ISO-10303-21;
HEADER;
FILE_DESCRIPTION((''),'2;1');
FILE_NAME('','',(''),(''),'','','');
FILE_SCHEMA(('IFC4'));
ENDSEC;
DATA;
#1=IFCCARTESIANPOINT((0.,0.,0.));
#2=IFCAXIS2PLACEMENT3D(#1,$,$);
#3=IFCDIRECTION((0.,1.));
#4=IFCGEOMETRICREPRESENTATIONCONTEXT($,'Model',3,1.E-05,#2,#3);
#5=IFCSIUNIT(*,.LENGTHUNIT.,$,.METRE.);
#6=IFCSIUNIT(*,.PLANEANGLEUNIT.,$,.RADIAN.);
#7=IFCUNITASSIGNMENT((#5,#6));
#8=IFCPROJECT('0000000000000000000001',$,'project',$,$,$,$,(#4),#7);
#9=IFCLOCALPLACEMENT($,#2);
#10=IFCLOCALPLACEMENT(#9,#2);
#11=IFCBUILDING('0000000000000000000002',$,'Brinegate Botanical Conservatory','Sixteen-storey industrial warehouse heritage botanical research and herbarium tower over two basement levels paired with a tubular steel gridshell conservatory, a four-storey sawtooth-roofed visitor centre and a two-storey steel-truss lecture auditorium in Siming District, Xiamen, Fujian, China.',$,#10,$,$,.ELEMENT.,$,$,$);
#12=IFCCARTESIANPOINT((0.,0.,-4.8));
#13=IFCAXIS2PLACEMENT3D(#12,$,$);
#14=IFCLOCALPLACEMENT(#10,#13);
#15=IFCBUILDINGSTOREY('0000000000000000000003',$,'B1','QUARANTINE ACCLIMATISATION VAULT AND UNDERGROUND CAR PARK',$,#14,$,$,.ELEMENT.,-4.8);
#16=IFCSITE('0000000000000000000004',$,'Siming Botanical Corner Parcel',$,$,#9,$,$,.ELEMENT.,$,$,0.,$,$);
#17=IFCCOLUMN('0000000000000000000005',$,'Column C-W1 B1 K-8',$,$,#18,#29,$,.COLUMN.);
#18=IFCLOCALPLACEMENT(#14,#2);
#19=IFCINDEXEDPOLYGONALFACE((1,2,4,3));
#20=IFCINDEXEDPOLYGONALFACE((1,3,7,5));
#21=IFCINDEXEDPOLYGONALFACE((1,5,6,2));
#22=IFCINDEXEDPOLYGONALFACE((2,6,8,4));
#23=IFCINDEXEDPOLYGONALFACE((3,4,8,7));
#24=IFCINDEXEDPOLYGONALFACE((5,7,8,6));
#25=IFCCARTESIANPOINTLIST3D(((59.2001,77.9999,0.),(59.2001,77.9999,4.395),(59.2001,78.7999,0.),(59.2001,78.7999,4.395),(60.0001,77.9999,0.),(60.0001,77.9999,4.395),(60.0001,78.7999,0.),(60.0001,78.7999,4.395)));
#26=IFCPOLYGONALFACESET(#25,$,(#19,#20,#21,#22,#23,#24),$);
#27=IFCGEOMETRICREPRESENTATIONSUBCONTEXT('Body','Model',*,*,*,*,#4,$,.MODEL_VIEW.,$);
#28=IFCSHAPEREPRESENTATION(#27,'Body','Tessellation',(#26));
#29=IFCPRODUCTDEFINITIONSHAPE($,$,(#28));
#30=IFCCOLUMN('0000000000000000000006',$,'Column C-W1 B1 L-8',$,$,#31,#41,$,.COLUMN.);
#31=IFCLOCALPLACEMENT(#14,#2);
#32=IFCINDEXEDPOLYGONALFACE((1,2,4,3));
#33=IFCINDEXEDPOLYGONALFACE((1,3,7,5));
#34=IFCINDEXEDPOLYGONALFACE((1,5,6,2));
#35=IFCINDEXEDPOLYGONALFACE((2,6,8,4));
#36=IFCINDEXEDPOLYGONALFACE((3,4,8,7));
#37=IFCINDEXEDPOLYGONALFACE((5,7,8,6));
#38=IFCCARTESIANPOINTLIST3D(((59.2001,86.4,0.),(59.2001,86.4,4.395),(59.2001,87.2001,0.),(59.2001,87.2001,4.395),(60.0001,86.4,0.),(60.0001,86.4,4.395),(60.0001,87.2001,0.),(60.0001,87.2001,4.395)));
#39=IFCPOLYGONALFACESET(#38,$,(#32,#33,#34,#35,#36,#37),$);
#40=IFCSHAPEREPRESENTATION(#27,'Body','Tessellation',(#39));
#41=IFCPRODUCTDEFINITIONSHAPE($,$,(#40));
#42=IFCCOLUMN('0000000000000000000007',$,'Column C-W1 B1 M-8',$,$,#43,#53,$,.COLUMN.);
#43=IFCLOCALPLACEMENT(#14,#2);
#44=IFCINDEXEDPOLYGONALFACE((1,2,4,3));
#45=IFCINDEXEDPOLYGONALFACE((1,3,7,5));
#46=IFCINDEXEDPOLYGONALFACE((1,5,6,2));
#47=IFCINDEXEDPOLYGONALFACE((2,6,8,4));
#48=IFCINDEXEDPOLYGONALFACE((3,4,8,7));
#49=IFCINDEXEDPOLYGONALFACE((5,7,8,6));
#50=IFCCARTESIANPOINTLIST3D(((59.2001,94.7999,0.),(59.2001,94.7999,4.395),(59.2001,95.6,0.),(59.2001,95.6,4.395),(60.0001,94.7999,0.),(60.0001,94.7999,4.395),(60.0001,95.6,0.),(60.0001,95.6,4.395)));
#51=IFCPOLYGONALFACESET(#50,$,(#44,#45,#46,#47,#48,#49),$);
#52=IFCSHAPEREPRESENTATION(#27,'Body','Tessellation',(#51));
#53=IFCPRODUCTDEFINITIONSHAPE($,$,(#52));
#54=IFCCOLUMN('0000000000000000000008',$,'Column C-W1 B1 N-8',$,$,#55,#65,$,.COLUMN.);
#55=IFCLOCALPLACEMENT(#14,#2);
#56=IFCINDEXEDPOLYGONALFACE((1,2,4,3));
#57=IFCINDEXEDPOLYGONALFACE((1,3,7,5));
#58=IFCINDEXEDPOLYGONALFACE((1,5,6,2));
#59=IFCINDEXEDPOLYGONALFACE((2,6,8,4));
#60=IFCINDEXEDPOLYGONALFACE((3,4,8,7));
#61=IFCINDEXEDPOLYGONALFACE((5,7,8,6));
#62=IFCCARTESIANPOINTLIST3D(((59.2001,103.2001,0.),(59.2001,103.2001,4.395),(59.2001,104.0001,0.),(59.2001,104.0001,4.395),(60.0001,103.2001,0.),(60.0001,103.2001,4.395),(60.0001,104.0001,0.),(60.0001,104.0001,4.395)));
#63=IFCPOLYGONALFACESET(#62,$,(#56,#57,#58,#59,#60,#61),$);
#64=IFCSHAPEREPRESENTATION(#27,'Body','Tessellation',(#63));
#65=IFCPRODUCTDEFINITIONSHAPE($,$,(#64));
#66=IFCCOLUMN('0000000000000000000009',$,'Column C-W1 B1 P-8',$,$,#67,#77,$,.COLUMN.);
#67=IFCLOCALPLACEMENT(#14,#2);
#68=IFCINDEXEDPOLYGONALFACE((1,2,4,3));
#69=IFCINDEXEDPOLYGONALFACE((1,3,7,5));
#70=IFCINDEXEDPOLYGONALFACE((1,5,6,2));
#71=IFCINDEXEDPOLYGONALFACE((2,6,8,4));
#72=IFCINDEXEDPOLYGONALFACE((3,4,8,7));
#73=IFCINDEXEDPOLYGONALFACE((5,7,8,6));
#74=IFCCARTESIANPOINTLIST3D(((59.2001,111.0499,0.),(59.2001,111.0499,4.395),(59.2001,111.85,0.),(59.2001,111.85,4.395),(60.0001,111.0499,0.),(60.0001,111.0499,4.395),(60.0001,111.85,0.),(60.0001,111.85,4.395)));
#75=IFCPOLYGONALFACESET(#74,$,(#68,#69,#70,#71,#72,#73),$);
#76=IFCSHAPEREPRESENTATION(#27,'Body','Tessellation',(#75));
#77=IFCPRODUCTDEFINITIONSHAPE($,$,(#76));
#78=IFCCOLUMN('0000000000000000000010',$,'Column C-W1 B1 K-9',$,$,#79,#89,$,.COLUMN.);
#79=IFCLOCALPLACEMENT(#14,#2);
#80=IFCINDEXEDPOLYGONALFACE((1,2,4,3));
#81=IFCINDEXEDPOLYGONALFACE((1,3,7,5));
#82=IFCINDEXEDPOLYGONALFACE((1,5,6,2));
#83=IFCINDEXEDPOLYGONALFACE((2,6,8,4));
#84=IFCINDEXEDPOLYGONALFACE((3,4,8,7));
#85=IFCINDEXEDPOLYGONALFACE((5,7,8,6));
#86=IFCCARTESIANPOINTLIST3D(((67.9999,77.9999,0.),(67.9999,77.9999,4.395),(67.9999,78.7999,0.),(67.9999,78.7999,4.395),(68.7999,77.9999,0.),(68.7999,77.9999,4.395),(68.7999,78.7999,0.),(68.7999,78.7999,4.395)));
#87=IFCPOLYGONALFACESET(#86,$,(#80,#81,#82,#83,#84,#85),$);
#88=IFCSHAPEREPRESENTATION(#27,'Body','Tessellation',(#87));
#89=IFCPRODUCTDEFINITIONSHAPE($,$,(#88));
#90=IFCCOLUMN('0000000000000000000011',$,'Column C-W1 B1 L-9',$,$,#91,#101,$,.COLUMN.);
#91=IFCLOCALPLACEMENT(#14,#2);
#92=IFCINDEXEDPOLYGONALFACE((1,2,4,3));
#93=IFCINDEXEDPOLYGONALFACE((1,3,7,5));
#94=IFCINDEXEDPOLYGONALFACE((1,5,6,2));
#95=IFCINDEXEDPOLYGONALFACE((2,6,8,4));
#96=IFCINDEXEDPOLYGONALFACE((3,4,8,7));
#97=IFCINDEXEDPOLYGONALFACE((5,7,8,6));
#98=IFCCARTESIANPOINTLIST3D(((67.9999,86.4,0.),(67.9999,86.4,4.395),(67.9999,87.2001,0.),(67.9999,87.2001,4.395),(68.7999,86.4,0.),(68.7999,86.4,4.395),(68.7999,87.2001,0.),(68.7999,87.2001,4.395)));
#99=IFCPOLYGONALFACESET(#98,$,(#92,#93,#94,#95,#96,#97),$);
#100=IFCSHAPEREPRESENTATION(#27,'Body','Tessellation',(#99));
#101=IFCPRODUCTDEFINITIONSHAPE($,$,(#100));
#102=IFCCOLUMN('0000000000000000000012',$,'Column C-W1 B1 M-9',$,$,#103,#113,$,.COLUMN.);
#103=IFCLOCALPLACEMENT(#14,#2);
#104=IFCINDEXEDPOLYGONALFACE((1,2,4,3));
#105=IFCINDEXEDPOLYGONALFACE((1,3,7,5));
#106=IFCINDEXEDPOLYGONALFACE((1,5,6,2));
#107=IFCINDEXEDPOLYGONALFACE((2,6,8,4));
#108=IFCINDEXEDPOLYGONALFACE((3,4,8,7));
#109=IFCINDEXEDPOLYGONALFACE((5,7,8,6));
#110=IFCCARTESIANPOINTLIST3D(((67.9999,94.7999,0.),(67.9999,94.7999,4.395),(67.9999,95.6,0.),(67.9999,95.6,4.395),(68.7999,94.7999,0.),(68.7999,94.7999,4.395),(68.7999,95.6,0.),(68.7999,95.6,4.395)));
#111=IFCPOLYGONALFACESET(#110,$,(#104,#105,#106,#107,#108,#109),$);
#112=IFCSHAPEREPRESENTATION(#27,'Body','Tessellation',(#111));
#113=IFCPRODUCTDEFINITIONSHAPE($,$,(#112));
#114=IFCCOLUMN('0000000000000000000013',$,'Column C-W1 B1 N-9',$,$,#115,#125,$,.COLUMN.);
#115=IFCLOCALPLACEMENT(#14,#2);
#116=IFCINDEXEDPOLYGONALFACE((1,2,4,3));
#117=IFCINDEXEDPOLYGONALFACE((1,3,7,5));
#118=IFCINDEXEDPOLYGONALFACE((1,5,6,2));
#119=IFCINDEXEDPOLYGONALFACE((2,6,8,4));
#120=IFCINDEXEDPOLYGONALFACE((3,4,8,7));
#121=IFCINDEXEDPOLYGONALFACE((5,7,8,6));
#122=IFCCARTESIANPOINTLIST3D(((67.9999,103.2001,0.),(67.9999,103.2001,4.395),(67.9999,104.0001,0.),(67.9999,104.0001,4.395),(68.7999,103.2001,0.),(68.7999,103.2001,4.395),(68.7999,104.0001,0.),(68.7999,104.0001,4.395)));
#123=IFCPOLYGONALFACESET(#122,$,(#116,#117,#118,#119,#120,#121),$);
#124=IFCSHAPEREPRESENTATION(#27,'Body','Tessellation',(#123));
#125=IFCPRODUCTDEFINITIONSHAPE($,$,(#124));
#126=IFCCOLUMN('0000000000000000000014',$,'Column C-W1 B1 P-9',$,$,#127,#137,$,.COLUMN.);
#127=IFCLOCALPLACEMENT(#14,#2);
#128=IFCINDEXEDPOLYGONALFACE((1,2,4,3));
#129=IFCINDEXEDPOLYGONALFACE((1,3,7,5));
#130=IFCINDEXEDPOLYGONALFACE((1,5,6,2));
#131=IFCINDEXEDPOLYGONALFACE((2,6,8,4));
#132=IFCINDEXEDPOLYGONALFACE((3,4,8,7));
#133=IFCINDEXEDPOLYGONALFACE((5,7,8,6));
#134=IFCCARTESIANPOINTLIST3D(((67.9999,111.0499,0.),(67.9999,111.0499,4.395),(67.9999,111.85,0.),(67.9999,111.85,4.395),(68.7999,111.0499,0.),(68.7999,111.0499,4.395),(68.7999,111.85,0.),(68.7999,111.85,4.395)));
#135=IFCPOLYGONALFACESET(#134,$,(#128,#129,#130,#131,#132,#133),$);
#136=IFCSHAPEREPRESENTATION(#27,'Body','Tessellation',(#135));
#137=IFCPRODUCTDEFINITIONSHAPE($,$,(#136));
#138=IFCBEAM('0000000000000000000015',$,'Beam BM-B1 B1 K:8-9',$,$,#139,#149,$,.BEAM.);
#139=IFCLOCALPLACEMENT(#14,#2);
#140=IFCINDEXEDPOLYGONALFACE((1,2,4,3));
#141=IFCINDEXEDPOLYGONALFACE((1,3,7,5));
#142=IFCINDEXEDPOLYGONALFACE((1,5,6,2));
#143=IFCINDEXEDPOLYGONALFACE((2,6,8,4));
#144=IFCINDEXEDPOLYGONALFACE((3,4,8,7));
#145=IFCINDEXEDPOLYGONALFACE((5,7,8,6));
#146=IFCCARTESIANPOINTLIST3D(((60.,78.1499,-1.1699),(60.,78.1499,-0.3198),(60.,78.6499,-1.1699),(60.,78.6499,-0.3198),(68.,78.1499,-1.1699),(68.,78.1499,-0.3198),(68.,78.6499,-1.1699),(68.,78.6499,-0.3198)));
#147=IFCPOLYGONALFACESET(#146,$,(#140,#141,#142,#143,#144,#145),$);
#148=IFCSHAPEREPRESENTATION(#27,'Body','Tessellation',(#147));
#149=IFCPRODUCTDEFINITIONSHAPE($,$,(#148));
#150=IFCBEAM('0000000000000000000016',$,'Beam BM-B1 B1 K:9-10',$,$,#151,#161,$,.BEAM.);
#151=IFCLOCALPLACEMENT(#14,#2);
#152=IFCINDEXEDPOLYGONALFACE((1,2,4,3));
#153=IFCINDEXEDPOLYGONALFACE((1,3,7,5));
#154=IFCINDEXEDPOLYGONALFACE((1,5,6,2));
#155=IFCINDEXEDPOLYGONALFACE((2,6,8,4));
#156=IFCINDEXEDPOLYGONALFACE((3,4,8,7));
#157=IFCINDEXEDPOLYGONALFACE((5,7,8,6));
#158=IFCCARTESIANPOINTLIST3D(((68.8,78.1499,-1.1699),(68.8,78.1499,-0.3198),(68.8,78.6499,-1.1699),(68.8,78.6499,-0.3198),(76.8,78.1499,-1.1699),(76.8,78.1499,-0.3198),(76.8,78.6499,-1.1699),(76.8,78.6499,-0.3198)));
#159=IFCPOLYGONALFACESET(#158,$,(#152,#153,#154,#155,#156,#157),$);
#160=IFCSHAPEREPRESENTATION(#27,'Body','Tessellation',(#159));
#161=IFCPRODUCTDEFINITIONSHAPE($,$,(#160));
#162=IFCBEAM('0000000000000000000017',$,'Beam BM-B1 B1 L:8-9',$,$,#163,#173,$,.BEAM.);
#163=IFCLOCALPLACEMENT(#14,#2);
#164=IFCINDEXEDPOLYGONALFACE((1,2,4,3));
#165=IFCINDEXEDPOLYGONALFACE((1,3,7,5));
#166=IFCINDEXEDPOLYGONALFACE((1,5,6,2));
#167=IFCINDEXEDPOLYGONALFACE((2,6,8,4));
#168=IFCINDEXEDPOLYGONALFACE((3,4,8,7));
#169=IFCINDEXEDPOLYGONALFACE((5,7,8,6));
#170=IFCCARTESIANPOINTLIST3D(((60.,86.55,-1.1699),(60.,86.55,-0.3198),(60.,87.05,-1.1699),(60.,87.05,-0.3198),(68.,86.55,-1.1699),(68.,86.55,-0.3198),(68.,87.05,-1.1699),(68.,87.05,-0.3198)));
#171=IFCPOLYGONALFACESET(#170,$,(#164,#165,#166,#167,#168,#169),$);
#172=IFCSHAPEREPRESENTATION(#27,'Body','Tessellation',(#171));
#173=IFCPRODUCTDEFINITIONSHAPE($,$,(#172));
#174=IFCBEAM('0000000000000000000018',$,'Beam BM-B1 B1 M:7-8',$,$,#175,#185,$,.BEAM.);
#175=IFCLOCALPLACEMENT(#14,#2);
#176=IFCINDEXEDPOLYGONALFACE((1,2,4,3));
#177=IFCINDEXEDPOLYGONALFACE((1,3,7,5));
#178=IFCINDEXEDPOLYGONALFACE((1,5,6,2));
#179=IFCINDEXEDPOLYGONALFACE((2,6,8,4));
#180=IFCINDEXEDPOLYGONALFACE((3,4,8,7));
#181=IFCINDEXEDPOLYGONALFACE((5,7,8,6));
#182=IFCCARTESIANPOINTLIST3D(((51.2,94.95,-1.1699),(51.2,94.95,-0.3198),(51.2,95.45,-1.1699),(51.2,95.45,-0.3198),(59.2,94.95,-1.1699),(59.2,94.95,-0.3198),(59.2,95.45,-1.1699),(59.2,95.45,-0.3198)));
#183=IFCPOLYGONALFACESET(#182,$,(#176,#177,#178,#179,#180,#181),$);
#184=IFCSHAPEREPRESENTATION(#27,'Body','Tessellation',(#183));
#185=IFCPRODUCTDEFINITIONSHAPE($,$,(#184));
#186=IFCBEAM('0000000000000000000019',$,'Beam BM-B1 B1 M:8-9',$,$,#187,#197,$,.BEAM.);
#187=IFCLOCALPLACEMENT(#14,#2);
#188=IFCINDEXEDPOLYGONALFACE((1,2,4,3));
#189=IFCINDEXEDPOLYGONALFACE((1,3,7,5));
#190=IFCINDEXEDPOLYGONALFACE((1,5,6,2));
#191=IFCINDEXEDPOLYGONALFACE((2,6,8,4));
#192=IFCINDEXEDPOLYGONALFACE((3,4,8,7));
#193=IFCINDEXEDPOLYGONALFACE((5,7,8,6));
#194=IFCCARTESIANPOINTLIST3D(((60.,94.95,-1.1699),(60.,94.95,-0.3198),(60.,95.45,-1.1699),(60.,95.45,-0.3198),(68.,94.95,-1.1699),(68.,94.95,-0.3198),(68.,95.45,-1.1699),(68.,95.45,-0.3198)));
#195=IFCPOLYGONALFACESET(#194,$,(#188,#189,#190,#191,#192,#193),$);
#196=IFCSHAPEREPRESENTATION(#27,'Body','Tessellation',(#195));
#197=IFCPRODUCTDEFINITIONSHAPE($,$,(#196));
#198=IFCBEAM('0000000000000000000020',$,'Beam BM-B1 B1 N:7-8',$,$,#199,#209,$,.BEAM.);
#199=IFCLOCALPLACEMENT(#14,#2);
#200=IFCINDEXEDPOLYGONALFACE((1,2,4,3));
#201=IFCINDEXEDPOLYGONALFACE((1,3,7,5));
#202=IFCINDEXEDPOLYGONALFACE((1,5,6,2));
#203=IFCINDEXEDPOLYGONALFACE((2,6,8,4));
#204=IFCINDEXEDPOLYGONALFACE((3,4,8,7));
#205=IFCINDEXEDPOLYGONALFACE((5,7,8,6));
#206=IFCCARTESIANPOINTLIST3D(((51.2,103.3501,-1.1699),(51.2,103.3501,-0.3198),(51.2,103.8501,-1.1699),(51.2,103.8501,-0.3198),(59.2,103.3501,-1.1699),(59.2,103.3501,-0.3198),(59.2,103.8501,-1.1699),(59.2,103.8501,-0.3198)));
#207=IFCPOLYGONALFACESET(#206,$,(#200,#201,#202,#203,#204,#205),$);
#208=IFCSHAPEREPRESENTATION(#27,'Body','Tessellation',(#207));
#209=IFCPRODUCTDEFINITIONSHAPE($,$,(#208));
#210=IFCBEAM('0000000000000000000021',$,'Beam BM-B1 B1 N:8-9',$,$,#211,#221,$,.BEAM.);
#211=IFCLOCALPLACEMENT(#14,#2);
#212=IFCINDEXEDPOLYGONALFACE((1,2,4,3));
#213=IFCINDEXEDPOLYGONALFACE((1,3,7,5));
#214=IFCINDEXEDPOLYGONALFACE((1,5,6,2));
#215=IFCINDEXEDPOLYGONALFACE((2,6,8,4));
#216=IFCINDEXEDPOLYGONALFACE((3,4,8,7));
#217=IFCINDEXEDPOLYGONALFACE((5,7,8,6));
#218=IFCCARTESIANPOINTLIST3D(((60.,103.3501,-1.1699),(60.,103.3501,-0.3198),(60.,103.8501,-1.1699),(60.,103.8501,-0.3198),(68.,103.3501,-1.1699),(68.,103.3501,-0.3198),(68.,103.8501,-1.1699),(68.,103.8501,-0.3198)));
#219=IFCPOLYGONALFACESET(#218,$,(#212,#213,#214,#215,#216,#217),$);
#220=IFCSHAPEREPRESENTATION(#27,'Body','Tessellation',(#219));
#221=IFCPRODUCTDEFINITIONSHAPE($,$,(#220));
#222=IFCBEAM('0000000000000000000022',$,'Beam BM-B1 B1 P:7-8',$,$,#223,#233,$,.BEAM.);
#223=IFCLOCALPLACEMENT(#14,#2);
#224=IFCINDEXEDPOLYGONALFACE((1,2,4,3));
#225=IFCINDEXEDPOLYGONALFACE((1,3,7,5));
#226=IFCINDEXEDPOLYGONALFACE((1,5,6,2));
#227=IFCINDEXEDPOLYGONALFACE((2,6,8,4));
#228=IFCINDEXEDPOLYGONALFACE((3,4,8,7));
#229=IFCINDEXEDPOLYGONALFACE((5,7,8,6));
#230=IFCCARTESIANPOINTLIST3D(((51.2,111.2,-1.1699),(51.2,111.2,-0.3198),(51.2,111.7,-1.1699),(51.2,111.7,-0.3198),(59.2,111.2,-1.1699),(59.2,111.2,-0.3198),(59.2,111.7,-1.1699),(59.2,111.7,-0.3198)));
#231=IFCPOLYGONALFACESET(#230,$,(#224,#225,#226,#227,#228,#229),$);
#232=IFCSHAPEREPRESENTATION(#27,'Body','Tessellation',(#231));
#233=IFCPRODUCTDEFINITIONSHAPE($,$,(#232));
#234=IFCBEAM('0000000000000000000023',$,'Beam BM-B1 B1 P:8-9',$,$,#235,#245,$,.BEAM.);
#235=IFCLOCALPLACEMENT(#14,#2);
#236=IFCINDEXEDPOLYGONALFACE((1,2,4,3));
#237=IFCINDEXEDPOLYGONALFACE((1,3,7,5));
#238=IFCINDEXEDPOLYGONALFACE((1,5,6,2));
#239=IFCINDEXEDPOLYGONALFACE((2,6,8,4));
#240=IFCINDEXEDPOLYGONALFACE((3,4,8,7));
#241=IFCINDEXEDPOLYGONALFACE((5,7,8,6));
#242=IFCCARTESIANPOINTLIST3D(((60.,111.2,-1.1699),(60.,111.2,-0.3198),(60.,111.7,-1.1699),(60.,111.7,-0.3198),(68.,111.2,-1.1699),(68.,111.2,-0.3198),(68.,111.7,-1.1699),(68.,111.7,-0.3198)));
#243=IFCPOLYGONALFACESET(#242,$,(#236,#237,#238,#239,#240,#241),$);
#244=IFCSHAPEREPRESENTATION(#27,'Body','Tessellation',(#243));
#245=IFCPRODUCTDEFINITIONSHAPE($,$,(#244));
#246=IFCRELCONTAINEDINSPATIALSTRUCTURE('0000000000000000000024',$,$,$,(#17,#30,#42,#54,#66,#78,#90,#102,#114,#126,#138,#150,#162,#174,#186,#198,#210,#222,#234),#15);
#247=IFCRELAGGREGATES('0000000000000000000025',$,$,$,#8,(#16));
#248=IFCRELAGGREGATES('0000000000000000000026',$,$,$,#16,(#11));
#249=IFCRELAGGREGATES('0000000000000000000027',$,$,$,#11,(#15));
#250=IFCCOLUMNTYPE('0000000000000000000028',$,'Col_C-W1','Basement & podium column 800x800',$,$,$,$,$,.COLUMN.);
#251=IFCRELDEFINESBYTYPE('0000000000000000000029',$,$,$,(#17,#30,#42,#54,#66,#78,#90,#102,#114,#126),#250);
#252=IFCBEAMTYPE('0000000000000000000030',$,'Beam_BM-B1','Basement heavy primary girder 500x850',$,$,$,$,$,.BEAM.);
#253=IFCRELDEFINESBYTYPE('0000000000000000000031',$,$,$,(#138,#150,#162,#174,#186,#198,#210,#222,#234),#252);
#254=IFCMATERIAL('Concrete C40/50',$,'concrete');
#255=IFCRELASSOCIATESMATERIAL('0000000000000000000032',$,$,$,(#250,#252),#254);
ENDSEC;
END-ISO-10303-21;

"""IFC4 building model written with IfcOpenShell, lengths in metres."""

from ifc_helpers import new_model, si_unit, direction, frame, origin, origin_2d, place, context, subcontext, project, spatial, rectangle, extrude, material, material_profile, profile_set, type_object, element, save


model = new_model("IFC4")

# Units and contexts
model_context = context("Model", 3, precision=1e-05, world=origin(), true_north=direction((0.0, 1.0)))
body_context = subcontext(model_context, "Body", "Model", "MODEL_VIEW")
ifc_project = project(units=[si_unit("LENGTHUNIT", "METRE"), si_unit("PLANEANGLEUNIT", "RADIAN")], contexts=[model_context])

# Site, building, storey
site_placement = place(None, origin())
site = spatial("IfcSite", under=ifc_project, at=site_placement, Name="Siming Botanical Corner Parcel", CompositionType="ELEMENT", RefElevation=0.0)
building_placement = place(site_placement, origin())
building = spatial("IfcBuilding", under=site, at=building_placement, Name="Brinegate Botanical Conservatory", Description="Sixteen-storey industrial warehouse heritage botanical research and herbarium tower over two basement levels paired with a tubular steel gridshell conservatory, a four-storey sawtooth-roofed visitor centre and a two-storey steel-truss lecture auditorium in Siming District, Xiamen, Fujian, China.", CompositionType="ELEMENT")
storey_placement = place(building_placement, frame((0.0, 0.0, -4.8)))
storey = spatial("IfcBuildingStorey", under=building, at=storey_placement, Name="B1", Description="QUARANTINE ACCLIMATISATION VAULT AND UNDERGROUND CAR PARK", CompositionType="ELEMENT", Elevation=-4.8)

# Columns
ifc_material = material(Name="Concrete C40/50", Category="concrete")
ifc_material_profile_1 = material_profile(ifc_material, rectangle(XDim=0.8, YDim=0.8, at=origin_2d()), Name="RC COL 800x800")
ifc_profile_set_1 = profile_set([ifc_material_profile_1], Name="Concrete C40/50")
column_type = type_object("IfcColumnType", Name="Col_C-W1", Description="Basement & podium column 800x800", PredefinedType="COLUMN", material=ifc_profile_set_1)
for number, where, z_axis, x_axis, name in (
    (1, (59.6001, 78.3999, 0.0), (0.0, 0.0, 1.0), (1.0, 0.0, 0.0), "Column C-W1 B1 K-8"),
    (2, (59.6001, 86.8, 0.0), (0.0, 0.0, 1.0), (1.0, 0.0, 0.0), "Column C-W1 B1 L-8"),
    (3, (59.6001, 95.2, 0.0), (0.0, 0.0, 1.0), (1.0, 0.0, 0.0), "Column C-W1 B1 M-8"),
    (4, (59.6001, 103.6001, 0.0), (0.0, 0.0, 1.0), (1.0, 0.0, 0.0), "Column C-W1 B1 N-8"),
    (5, (59.6001, 111.45, 0.0), (0.0, 0.0, 1.0), (1.0, 0.0, 0.0), "Column C-W1 B1 P-8"),
    (6, (68.3999, 78.3999, 0.0), (0.0, 0.0, 1.0), (1.0, 0.0, 0.0), "Column C-W1 B1 K-9"),
    (7, (68.3999, 86.8, 0.0), (0.0, 0.0, 1.0), (1.0, 0.0, 0.0), "Column C-W1 B1 L-9"),
    (8, (68.3999, 95.2, 0.0), (0.0, 0.0, 1.0), (1.0, 0.0, 0.0), "Column C-W1 B1 M-9"),
    (9, (68.3999, 103.6001, 0.0), (0.0, 0.0, 1.0), (1.0, 0.0, 0.0), "Column C-W1 B1 N-9"),
    (10, (68.3999, 111.45, 0.0), (0.0, 0.0, 1.0), (1.0, 0.0, 0.0), "Column C-W1 B1 P-9"),
):
    element("IfcColumn", number, at=place(storey_placement, frame(where, z_axis=z_axis, x_axis=x_axis)), inside=storey, type_object=column_type, Name=name, PredefinedType="COLUMN", context=body_context, shape_type="SweptSolid", body=[
        extrude(rectangle(XDim=0.8, YDim=0.8, at=origin_2d()), origin(), (0.0, 0.0, 1.0), 4.395),
    ])

# Beams
ifc_material_profile_2 = material_profile(ifc_material, rectangle(XDim=0.5, YDim=0.8501, at=origin_2d()), Name="RC BM 500x850")
ifc_profile_set_2 = profile_set([ifc_material_profile_2], Name="Concrete C40/50")
beam_type_1 = type_object("IfcBeamType", Name="Beam_BM-B1", Description="Basement heavy primary girder 500x850", PredefinedType="BEAM", material=ifc_profile_set_2)
for number, where, z_axis, x_axis, name in (
    (11, (60.0, 78.3999, -0.7449), (1.0, 0.0, 0.0), (0.0, 1.0, 0.0), "Beam BM-B1 B1 K:8-9"),
    (12, (68.8, 78.3999, -0.7449), (1.0, 0.0, 0.0), (0.0, 1.0, 0.0), "Beam BM-B1 B1 K:9-10"),
    (13, (60.0, 86.8, -0.7449), (1.0, 0.0, 0.0), (0.0, 1.0, 0.0), "Beam BM-B1 B1 L:8-9"),
    (14, (51.2, 95.2, -0.7449), (1.0, 0.0, 0.0), (0.0, 1.0, 0.0), "Beam BM-B1 B1 M:7-8"),
    (15, (60.0, 95.2, -0.7449), (1.0, 0.0, 0.0), (0.0, 1.0, 0.0), "Beam BM-B1 B1 M:8-9"),
    (16, (51.2, 103.6001, -0.7449), (1.0, 0.0, 0.0), (0.0, 1.0, 0.0), "Beam BM-B1 B1 N:7-8"),
    (17, (60.0, 103.6001, -0.7449), (1.0, 0.0, 0.0), (0.0, 1.0, 0.0), "Beam BM-B1 B1 N:8-9"),
    (18, (51.2, 111.45, -0.7449), (1.0, 0.0, 0.0), (0.0, 1.0, 0.0), "Beam BM-B1 B1 P:7-8"),
    (19, (60.0, 111.45, -0.7449), (1.0, 0.0, 0.0), (0.0, 1.0, 0.0), "Beam BM-B1 B1 P:8-9"),
):
    element("IfcBeam", number, at=place(storey_placement, frame(where, z_axis=z_axis, x_axis=x_axis)), inside=storey, type_object=beam_type_1, Name=name, PredefinedType="BEAM", context=body_context, shape_type="SweptSolid", body=[
        extrude(rectangle(XDim=0.5, YDim=0.8501, at=origin_2d()), origin(), (0.0, 0.0, 1.0), 8.0),
    ])

save(model, "model.ifc")
